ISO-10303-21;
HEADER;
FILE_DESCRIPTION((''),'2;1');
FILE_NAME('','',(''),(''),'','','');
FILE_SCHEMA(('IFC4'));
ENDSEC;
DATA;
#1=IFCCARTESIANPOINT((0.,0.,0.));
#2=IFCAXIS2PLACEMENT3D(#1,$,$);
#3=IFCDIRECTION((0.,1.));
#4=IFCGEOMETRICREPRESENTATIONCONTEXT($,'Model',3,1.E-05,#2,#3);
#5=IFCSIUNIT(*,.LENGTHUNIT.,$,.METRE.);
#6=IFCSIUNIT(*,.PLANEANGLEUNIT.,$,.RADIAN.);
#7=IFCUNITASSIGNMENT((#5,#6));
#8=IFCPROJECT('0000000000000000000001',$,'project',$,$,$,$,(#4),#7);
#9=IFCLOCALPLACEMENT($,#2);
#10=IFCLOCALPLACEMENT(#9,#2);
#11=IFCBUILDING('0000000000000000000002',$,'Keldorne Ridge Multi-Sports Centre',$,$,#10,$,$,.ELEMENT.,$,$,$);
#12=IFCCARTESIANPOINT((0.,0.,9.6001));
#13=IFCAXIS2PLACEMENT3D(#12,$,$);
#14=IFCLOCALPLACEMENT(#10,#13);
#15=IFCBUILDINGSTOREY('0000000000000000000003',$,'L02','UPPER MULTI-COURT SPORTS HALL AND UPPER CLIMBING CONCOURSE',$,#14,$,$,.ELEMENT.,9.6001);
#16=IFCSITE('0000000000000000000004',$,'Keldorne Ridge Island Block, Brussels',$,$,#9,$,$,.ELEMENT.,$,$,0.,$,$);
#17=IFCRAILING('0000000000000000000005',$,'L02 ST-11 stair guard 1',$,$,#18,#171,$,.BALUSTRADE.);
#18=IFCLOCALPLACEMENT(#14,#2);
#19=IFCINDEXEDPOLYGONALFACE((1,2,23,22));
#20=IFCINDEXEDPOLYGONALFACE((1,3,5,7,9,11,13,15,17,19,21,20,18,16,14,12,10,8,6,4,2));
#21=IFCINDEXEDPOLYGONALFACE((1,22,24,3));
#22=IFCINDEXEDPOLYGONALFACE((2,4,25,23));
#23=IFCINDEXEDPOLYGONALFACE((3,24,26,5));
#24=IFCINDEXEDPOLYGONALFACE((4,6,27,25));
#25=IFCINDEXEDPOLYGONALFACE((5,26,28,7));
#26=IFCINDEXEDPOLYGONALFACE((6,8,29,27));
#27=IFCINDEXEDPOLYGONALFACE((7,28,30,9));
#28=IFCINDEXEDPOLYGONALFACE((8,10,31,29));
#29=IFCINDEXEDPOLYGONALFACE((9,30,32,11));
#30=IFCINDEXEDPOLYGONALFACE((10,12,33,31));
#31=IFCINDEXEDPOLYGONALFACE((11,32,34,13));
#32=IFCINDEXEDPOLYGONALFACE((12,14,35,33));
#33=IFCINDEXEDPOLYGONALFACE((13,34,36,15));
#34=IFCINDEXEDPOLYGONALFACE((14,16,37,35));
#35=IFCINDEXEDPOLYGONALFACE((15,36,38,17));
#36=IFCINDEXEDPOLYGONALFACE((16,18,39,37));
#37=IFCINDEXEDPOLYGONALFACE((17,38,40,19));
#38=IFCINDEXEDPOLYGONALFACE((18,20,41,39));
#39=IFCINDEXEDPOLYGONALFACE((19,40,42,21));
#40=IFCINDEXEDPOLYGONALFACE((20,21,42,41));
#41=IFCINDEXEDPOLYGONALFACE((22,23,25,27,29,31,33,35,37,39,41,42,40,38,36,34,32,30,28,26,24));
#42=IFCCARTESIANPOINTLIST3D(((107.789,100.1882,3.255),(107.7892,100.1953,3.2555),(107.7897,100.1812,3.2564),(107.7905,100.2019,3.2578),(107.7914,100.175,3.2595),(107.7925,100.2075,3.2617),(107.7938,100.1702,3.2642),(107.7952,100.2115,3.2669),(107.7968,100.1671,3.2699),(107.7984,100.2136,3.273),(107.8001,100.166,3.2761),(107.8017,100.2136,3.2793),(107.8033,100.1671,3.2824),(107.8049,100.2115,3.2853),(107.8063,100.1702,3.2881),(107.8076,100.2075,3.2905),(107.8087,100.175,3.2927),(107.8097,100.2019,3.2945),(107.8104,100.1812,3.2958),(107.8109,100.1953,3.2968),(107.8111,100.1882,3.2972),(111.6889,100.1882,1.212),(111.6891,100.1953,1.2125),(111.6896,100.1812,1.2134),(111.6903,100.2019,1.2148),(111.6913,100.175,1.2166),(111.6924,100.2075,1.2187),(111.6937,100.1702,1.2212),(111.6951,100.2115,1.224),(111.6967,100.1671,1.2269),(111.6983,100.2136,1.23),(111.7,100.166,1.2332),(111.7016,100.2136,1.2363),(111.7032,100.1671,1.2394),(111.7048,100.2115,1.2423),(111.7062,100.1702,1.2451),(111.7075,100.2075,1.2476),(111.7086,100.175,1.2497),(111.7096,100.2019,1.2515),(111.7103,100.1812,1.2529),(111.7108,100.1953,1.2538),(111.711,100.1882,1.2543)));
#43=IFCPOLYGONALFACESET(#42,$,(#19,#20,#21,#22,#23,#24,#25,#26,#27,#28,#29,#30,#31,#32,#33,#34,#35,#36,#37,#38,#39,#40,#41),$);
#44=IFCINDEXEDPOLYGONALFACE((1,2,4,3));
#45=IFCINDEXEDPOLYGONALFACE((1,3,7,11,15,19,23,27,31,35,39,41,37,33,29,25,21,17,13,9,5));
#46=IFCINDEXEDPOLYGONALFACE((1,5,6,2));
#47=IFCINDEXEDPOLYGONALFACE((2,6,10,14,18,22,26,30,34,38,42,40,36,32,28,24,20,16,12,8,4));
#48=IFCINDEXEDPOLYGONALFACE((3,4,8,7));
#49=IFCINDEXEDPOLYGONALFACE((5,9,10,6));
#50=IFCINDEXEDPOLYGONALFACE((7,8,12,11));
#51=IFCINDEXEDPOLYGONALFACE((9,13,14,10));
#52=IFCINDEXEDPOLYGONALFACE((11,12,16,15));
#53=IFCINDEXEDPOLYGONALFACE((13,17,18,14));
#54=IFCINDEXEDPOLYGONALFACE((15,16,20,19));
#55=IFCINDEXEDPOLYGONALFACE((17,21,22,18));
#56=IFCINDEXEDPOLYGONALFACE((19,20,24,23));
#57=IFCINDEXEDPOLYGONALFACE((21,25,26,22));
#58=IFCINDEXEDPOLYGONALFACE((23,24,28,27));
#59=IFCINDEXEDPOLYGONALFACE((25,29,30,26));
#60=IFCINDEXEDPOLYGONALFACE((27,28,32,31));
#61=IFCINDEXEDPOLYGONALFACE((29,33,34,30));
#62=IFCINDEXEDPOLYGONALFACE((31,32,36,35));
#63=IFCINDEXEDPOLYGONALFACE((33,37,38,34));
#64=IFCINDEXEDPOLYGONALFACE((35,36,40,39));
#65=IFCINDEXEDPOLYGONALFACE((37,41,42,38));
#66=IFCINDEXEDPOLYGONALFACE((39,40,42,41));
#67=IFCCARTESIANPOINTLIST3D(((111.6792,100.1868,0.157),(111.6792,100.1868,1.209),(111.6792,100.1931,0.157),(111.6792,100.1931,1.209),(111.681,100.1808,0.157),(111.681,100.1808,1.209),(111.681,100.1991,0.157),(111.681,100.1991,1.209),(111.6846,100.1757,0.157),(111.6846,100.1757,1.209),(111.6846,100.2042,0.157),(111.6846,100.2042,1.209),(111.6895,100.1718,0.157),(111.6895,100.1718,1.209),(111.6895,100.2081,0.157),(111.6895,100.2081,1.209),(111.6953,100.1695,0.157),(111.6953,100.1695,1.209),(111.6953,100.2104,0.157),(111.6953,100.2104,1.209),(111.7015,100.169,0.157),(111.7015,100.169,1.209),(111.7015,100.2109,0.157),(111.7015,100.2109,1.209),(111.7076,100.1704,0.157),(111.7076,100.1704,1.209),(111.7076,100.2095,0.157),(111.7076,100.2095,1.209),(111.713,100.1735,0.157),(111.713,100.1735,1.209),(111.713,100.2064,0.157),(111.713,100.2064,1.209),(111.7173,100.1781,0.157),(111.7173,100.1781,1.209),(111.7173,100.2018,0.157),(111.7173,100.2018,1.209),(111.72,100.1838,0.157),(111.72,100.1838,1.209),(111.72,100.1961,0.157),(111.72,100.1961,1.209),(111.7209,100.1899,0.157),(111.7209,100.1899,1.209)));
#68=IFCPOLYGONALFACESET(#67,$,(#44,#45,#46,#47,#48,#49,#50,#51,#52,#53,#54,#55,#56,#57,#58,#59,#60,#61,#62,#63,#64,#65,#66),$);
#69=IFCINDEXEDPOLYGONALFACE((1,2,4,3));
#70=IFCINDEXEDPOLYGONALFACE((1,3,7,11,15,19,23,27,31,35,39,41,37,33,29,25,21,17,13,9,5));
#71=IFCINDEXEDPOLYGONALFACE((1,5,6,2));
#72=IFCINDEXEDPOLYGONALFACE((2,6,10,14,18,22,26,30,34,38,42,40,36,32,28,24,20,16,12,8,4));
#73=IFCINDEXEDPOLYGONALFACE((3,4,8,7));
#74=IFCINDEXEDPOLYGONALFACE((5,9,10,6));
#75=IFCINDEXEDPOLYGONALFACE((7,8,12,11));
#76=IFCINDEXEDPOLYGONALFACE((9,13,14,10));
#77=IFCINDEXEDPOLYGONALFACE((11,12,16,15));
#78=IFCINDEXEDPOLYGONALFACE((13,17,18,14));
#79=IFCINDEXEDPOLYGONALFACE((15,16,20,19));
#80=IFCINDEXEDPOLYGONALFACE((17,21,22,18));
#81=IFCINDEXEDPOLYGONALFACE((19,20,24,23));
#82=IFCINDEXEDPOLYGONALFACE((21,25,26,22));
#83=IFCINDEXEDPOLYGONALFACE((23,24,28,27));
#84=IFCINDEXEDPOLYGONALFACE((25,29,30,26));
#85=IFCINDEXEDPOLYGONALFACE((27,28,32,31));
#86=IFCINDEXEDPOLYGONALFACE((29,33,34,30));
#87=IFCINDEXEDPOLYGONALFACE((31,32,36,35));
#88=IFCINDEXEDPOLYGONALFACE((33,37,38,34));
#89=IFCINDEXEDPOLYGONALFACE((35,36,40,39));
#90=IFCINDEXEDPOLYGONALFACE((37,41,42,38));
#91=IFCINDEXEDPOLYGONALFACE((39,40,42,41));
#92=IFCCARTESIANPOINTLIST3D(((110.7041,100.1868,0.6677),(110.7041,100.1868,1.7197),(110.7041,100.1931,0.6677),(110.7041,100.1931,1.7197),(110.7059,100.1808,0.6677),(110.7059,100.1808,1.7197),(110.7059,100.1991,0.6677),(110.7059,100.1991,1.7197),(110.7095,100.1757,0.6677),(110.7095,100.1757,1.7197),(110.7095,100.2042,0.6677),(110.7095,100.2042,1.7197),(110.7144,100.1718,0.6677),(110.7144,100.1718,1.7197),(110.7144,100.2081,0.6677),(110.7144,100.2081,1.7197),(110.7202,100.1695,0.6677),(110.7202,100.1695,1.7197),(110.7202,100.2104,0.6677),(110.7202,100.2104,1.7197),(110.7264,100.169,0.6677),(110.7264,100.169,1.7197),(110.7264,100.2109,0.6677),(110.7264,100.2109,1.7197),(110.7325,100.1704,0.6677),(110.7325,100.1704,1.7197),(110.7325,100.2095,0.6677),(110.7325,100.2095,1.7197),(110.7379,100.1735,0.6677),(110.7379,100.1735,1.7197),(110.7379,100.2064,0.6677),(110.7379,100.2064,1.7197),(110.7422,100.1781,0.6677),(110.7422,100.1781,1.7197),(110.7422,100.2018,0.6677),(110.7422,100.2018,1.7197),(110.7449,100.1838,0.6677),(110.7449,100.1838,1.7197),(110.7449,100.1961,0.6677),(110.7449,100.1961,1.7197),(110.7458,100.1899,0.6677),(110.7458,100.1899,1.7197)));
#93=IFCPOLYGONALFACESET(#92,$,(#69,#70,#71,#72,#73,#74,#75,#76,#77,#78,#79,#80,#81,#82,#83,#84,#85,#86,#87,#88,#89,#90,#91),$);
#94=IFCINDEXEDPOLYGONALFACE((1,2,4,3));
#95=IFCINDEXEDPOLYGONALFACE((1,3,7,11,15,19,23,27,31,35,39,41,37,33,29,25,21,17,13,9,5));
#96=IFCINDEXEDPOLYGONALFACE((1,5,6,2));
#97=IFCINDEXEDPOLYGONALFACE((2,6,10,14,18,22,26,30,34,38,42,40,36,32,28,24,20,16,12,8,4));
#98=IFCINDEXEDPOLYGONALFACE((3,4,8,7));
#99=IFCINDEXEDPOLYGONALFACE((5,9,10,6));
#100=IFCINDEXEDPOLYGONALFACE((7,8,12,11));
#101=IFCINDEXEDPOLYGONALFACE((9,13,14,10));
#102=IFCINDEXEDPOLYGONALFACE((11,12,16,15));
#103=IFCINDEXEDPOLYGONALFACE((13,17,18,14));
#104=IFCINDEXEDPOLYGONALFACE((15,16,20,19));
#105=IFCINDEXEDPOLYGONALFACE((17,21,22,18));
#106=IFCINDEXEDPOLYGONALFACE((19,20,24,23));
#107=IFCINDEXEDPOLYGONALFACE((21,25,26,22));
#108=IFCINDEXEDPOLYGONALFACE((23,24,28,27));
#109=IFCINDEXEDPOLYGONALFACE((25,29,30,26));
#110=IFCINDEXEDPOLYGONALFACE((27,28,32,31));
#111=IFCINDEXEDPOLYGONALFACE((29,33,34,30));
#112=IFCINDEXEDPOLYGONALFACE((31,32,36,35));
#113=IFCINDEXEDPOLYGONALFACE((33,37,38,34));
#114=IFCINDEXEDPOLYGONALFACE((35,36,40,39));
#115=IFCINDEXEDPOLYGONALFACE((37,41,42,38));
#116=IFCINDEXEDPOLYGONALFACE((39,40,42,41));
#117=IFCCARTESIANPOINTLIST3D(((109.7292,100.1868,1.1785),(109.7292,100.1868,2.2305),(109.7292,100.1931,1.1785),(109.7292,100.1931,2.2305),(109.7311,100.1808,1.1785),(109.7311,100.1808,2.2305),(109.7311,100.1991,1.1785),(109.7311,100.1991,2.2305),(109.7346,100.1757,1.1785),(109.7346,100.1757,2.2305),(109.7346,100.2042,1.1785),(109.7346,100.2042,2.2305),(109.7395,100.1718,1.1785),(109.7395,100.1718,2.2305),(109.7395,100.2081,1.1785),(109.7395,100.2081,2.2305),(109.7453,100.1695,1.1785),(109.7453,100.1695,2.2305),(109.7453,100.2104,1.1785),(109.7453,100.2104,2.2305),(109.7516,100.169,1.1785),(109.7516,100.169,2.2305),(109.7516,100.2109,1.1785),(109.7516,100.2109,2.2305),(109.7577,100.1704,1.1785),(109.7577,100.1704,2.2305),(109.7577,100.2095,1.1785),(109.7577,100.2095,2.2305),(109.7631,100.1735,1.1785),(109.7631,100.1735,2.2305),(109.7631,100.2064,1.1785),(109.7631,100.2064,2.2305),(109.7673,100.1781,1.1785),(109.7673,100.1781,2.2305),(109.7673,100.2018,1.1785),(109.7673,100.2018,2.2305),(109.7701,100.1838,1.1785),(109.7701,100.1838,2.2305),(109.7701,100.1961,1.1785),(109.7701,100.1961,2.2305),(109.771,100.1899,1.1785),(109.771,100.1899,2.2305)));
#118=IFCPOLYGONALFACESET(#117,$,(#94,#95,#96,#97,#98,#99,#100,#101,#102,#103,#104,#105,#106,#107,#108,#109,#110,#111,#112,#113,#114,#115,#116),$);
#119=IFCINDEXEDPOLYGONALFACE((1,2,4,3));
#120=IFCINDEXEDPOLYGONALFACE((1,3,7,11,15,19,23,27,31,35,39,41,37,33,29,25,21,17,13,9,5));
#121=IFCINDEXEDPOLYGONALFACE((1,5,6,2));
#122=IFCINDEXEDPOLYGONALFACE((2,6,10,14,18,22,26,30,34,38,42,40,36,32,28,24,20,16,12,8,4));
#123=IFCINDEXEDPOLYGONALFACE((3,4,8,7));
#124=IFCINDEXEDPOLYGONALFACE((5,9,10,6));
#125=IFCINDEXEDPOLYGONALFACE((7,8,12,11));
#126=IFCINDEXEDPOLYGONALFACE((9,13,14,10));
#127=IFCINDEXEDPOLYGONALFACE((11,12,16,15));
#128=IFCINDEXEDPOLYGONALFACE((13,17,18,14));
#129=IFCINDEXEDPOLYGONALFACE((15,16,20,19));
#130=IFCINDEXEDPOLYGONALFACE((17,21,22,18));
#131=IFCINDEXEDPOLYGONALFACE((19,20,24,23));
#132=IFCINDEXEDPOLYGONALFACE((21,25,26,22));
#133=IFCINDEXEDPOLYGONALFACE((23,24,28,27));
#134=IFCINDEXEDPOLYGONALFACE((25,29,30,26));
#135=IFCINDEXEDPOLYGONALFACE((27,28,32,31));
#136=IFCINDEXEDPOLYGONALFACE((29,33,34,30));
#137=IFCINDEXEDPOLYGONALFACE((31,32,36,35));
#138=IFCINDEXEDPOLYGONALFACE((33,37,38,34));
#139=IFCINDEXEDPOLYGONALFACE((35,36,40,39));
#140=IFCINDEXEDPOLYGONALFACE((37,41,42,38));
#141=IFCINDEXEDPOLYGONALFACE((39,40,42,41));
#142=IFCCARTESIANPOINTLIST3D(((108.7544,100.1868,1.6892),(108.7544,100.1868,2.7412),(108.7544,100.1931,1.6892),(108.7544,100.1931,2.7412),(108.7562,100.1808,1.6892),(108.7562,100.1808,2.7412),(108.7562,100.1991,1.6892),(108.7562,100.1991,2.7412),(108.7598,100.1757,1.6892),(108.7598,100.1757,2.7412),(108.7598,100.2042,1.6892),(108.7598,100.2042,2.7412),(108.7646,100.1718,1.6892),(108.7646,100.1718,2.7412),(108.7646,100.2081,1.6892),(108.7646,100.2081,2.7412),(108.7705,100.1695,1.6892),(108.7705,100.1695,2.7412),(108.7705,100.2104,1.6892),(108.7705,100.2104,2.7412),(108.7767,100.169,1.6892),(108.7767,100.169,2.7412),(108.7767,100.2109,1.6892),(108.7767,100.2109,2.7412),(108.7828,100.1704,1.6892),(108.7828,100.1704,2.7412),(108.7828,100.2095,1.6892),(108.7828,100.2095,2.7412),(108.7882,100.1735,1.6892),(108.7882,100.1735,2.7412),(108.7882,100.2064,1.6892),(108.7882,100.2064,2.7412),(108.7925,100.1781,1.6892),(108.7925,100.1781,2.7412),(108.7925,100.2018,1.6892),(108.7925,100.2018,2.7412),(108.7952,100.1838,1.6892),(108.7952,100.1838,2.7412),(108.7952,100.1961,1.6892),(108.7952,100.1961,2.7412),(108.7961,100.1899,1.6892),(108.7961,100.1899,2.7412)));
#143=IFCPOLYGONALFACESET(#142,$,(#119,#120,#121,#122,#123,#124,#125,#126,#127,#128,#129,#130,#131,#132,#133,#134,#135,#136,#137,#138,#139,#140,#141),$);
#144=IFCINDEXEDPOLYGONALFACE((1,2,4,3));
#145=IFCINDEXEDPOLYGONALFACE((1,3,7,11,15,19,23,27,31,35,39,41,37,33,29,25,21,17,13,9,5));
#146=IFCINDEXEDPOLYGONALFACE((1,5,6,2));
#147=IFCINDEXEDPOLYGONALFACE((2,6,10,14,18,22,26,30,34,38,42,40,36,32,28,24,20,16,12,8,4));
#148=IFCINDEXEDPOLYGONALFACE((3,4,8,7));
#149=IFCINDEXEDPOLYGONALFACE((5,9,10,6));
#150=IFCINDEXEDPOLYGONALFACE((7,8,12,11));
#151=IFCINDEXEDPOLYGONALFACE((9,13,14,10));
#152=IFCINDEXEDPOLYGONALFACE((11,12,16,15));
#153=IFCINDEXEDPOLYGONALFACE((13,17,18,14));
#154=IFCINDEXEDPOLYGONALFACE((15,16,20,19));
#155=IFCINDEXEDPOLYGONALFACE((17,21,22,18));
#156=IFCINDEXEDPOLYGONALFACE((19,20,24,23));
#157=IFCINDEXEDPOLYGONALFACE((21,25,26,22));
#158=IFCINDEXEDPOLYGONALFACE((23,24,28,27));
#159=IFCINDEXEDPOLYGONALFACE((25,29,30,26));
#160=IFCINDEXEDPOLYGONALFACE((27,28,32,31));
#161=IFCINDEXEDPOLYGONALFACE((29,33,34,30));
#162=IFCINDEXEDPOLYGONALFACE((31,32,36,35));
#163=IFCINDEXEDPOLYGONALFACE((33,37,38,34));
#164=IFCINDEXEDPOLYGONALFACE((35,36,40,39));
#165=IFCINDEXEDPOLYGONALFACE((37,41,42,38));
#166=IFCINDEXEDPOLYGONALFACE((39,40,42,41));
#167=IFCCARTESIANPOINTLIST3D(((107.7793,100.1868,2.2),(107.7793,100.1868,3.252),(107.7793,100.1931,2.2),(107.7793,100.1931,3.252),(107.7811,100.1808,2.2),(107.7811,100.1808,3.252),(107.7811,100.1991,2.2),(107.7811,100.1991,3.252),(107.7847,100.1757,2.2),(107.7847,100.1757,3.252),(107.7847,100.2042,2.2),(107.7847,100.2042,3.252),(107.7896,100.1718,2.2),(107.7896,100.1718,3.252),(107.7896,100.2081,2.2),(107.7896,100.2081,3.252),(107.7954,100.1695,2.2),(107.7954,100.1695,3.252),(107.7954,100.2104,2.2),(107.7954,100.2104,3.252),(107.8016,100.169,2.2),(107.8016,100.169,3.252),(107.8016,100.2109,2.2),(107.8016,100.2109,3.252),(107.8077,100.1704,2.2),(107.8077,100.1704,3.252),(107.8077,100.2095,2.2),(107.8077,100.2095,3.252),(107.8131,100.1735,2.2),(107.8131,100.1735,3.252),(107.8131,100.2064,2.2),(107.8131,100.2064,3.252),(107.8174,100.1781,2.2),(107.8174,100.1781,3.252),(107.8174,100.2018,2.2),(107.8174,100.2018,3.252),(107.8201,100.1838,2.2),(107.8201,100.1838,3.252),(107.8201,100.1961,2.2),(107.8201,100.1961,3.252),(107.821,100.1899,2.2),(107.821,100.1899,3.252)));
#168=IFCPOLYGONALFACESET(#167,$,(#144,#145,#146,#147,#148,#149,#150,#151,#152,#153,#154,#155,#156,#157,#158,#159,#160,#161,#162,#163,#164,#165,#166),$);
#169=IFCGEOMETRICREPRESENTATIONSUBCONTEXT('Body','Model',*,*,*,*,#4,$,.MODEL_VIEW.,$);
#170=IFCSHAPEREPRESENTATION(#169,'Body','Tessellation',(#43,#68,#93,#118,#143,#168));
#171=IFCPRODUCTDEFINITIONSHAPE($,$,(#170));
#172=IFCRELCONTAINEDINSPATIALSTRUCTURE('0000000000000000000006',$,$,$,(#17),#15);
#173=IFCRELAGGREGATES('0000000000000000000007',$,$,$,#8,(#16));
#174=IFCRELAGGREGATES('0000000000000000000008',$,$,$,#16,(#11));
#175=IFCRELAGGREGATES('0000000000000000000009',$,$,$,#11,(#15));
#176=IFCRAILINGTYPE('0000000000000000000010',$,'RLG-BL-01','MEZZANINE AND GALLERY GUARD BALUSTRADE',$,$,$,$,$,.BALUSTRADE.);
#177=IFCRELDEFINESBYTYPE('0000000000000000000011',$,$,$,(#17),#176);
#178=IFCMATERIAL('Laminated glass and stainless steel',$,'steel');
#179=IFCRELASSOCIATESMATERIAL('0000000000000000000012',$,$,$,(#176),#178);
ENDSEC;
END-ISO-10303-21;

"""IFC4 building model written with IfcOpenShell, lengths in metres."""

from ifc_helpers import new_model, si_unit, direction, frame, origin, origin_2d, place, context, subcontext, project, spatial, circle, extrude, material, type_object, element, save


model = new_model("IFC4")

# Units and contexts
model_context = context("Model", 3, precision=1e-05, world=origin(), true_north=direction((0.0, 1.0)))
body_context = subcontext(model_context, "Body", "Model", "MODEL_VIEW")
ifc_project = project(units=[si_unit("LENGTHUNIT", "METRE"), si_unit("PLANEANGLEUNIT", "RADIAN")], contexts=[model_context])

# Site, building, storey
site_placement = place(None, origin())
site = spatial("IfcSite", under=ifc_project, at=site_placement, Name="Keldorne Ridge Island Block, Brussels", CompositionType="ELEMENT", RefElevation=0.0)
building_placement = place(site_placement, origin())
building = spatial("IfcBuilding", under=site, at=building_placement, Name="Keldorne Ridge Multi-Sports Centre", CompositionType="ELEMENT")
storey_placement = place(building_placement, frame((0.0, 0.0, 9.6001)))
storey = spatial("IfcBuildingStorey", under=building, at=storey_placement, Name="L02", Description="UPPER MULTI-COURT SPORTS HALL AND UPPER CLIMBING CONCOURSE", CompositionType="ELEMENT", Elevation=9.6001)

# Railing
ifc_material_1 = material(Name="Laminated glass and stainless steel", Category="steel")
railing_type_1 = type_object("IfcRailingType", Name="RLG-BL-01", Description="MEZZANINE AND GALLERY GUARD BALUSTRADE", PredefinedType="BALUSTRADE", material=ifc_material_1)
railing_1_placement = place(storey_placement, frame((111.7, 100.1899, 0.157)))
element("IfcRailing", 1, at=railing_1_placement, inside=storey, type_object=railing_type_1, Name="L02 ST-11 stair guard 1", PredefinedType="BALUSTRADE", context=body_context, shape_type="SweptSolid", body=[
    extrude(circle(Radius=0.0239, at=origin_2d()), frame((0.0, 0.0, 1.0762), z_axis=(-0.885816, 0.0, 0.464036), x_axis=(0.0, -1.0, 0.0)), (0.0, 0.0, 1.0), 4.4026),
    extrude(circle(Radius=0.021, at=origin_2d()), origin(), (0.0, 0.0, 1.0), 1.052),
    extrude(circle(Radius=0.021, at=origin_2d()), frame((-0.9751, 0.0, 0.5107)), (0.0, 0.0, 1.0), 1.052),
    extrude(circle(Radius=0.021, at=origin_2d()), frame((-1.95, 0.0, 1.0215)), (0.0, 0.0, 1.0), 1.052),
    extrude(circle(Radius=0.021, at=origin_2d()), frame((-2.9248, 0.0, 1.5322)), (0.0, 0.0, 1.0), 1.052),
    extrude(circle(Radius=0.021, at=origin_2d()), frame((-3.8999, 0.0, 2.043)), (0.0, 0.0, 1.0), 1.052),
])

save(model, "model.ifc")
